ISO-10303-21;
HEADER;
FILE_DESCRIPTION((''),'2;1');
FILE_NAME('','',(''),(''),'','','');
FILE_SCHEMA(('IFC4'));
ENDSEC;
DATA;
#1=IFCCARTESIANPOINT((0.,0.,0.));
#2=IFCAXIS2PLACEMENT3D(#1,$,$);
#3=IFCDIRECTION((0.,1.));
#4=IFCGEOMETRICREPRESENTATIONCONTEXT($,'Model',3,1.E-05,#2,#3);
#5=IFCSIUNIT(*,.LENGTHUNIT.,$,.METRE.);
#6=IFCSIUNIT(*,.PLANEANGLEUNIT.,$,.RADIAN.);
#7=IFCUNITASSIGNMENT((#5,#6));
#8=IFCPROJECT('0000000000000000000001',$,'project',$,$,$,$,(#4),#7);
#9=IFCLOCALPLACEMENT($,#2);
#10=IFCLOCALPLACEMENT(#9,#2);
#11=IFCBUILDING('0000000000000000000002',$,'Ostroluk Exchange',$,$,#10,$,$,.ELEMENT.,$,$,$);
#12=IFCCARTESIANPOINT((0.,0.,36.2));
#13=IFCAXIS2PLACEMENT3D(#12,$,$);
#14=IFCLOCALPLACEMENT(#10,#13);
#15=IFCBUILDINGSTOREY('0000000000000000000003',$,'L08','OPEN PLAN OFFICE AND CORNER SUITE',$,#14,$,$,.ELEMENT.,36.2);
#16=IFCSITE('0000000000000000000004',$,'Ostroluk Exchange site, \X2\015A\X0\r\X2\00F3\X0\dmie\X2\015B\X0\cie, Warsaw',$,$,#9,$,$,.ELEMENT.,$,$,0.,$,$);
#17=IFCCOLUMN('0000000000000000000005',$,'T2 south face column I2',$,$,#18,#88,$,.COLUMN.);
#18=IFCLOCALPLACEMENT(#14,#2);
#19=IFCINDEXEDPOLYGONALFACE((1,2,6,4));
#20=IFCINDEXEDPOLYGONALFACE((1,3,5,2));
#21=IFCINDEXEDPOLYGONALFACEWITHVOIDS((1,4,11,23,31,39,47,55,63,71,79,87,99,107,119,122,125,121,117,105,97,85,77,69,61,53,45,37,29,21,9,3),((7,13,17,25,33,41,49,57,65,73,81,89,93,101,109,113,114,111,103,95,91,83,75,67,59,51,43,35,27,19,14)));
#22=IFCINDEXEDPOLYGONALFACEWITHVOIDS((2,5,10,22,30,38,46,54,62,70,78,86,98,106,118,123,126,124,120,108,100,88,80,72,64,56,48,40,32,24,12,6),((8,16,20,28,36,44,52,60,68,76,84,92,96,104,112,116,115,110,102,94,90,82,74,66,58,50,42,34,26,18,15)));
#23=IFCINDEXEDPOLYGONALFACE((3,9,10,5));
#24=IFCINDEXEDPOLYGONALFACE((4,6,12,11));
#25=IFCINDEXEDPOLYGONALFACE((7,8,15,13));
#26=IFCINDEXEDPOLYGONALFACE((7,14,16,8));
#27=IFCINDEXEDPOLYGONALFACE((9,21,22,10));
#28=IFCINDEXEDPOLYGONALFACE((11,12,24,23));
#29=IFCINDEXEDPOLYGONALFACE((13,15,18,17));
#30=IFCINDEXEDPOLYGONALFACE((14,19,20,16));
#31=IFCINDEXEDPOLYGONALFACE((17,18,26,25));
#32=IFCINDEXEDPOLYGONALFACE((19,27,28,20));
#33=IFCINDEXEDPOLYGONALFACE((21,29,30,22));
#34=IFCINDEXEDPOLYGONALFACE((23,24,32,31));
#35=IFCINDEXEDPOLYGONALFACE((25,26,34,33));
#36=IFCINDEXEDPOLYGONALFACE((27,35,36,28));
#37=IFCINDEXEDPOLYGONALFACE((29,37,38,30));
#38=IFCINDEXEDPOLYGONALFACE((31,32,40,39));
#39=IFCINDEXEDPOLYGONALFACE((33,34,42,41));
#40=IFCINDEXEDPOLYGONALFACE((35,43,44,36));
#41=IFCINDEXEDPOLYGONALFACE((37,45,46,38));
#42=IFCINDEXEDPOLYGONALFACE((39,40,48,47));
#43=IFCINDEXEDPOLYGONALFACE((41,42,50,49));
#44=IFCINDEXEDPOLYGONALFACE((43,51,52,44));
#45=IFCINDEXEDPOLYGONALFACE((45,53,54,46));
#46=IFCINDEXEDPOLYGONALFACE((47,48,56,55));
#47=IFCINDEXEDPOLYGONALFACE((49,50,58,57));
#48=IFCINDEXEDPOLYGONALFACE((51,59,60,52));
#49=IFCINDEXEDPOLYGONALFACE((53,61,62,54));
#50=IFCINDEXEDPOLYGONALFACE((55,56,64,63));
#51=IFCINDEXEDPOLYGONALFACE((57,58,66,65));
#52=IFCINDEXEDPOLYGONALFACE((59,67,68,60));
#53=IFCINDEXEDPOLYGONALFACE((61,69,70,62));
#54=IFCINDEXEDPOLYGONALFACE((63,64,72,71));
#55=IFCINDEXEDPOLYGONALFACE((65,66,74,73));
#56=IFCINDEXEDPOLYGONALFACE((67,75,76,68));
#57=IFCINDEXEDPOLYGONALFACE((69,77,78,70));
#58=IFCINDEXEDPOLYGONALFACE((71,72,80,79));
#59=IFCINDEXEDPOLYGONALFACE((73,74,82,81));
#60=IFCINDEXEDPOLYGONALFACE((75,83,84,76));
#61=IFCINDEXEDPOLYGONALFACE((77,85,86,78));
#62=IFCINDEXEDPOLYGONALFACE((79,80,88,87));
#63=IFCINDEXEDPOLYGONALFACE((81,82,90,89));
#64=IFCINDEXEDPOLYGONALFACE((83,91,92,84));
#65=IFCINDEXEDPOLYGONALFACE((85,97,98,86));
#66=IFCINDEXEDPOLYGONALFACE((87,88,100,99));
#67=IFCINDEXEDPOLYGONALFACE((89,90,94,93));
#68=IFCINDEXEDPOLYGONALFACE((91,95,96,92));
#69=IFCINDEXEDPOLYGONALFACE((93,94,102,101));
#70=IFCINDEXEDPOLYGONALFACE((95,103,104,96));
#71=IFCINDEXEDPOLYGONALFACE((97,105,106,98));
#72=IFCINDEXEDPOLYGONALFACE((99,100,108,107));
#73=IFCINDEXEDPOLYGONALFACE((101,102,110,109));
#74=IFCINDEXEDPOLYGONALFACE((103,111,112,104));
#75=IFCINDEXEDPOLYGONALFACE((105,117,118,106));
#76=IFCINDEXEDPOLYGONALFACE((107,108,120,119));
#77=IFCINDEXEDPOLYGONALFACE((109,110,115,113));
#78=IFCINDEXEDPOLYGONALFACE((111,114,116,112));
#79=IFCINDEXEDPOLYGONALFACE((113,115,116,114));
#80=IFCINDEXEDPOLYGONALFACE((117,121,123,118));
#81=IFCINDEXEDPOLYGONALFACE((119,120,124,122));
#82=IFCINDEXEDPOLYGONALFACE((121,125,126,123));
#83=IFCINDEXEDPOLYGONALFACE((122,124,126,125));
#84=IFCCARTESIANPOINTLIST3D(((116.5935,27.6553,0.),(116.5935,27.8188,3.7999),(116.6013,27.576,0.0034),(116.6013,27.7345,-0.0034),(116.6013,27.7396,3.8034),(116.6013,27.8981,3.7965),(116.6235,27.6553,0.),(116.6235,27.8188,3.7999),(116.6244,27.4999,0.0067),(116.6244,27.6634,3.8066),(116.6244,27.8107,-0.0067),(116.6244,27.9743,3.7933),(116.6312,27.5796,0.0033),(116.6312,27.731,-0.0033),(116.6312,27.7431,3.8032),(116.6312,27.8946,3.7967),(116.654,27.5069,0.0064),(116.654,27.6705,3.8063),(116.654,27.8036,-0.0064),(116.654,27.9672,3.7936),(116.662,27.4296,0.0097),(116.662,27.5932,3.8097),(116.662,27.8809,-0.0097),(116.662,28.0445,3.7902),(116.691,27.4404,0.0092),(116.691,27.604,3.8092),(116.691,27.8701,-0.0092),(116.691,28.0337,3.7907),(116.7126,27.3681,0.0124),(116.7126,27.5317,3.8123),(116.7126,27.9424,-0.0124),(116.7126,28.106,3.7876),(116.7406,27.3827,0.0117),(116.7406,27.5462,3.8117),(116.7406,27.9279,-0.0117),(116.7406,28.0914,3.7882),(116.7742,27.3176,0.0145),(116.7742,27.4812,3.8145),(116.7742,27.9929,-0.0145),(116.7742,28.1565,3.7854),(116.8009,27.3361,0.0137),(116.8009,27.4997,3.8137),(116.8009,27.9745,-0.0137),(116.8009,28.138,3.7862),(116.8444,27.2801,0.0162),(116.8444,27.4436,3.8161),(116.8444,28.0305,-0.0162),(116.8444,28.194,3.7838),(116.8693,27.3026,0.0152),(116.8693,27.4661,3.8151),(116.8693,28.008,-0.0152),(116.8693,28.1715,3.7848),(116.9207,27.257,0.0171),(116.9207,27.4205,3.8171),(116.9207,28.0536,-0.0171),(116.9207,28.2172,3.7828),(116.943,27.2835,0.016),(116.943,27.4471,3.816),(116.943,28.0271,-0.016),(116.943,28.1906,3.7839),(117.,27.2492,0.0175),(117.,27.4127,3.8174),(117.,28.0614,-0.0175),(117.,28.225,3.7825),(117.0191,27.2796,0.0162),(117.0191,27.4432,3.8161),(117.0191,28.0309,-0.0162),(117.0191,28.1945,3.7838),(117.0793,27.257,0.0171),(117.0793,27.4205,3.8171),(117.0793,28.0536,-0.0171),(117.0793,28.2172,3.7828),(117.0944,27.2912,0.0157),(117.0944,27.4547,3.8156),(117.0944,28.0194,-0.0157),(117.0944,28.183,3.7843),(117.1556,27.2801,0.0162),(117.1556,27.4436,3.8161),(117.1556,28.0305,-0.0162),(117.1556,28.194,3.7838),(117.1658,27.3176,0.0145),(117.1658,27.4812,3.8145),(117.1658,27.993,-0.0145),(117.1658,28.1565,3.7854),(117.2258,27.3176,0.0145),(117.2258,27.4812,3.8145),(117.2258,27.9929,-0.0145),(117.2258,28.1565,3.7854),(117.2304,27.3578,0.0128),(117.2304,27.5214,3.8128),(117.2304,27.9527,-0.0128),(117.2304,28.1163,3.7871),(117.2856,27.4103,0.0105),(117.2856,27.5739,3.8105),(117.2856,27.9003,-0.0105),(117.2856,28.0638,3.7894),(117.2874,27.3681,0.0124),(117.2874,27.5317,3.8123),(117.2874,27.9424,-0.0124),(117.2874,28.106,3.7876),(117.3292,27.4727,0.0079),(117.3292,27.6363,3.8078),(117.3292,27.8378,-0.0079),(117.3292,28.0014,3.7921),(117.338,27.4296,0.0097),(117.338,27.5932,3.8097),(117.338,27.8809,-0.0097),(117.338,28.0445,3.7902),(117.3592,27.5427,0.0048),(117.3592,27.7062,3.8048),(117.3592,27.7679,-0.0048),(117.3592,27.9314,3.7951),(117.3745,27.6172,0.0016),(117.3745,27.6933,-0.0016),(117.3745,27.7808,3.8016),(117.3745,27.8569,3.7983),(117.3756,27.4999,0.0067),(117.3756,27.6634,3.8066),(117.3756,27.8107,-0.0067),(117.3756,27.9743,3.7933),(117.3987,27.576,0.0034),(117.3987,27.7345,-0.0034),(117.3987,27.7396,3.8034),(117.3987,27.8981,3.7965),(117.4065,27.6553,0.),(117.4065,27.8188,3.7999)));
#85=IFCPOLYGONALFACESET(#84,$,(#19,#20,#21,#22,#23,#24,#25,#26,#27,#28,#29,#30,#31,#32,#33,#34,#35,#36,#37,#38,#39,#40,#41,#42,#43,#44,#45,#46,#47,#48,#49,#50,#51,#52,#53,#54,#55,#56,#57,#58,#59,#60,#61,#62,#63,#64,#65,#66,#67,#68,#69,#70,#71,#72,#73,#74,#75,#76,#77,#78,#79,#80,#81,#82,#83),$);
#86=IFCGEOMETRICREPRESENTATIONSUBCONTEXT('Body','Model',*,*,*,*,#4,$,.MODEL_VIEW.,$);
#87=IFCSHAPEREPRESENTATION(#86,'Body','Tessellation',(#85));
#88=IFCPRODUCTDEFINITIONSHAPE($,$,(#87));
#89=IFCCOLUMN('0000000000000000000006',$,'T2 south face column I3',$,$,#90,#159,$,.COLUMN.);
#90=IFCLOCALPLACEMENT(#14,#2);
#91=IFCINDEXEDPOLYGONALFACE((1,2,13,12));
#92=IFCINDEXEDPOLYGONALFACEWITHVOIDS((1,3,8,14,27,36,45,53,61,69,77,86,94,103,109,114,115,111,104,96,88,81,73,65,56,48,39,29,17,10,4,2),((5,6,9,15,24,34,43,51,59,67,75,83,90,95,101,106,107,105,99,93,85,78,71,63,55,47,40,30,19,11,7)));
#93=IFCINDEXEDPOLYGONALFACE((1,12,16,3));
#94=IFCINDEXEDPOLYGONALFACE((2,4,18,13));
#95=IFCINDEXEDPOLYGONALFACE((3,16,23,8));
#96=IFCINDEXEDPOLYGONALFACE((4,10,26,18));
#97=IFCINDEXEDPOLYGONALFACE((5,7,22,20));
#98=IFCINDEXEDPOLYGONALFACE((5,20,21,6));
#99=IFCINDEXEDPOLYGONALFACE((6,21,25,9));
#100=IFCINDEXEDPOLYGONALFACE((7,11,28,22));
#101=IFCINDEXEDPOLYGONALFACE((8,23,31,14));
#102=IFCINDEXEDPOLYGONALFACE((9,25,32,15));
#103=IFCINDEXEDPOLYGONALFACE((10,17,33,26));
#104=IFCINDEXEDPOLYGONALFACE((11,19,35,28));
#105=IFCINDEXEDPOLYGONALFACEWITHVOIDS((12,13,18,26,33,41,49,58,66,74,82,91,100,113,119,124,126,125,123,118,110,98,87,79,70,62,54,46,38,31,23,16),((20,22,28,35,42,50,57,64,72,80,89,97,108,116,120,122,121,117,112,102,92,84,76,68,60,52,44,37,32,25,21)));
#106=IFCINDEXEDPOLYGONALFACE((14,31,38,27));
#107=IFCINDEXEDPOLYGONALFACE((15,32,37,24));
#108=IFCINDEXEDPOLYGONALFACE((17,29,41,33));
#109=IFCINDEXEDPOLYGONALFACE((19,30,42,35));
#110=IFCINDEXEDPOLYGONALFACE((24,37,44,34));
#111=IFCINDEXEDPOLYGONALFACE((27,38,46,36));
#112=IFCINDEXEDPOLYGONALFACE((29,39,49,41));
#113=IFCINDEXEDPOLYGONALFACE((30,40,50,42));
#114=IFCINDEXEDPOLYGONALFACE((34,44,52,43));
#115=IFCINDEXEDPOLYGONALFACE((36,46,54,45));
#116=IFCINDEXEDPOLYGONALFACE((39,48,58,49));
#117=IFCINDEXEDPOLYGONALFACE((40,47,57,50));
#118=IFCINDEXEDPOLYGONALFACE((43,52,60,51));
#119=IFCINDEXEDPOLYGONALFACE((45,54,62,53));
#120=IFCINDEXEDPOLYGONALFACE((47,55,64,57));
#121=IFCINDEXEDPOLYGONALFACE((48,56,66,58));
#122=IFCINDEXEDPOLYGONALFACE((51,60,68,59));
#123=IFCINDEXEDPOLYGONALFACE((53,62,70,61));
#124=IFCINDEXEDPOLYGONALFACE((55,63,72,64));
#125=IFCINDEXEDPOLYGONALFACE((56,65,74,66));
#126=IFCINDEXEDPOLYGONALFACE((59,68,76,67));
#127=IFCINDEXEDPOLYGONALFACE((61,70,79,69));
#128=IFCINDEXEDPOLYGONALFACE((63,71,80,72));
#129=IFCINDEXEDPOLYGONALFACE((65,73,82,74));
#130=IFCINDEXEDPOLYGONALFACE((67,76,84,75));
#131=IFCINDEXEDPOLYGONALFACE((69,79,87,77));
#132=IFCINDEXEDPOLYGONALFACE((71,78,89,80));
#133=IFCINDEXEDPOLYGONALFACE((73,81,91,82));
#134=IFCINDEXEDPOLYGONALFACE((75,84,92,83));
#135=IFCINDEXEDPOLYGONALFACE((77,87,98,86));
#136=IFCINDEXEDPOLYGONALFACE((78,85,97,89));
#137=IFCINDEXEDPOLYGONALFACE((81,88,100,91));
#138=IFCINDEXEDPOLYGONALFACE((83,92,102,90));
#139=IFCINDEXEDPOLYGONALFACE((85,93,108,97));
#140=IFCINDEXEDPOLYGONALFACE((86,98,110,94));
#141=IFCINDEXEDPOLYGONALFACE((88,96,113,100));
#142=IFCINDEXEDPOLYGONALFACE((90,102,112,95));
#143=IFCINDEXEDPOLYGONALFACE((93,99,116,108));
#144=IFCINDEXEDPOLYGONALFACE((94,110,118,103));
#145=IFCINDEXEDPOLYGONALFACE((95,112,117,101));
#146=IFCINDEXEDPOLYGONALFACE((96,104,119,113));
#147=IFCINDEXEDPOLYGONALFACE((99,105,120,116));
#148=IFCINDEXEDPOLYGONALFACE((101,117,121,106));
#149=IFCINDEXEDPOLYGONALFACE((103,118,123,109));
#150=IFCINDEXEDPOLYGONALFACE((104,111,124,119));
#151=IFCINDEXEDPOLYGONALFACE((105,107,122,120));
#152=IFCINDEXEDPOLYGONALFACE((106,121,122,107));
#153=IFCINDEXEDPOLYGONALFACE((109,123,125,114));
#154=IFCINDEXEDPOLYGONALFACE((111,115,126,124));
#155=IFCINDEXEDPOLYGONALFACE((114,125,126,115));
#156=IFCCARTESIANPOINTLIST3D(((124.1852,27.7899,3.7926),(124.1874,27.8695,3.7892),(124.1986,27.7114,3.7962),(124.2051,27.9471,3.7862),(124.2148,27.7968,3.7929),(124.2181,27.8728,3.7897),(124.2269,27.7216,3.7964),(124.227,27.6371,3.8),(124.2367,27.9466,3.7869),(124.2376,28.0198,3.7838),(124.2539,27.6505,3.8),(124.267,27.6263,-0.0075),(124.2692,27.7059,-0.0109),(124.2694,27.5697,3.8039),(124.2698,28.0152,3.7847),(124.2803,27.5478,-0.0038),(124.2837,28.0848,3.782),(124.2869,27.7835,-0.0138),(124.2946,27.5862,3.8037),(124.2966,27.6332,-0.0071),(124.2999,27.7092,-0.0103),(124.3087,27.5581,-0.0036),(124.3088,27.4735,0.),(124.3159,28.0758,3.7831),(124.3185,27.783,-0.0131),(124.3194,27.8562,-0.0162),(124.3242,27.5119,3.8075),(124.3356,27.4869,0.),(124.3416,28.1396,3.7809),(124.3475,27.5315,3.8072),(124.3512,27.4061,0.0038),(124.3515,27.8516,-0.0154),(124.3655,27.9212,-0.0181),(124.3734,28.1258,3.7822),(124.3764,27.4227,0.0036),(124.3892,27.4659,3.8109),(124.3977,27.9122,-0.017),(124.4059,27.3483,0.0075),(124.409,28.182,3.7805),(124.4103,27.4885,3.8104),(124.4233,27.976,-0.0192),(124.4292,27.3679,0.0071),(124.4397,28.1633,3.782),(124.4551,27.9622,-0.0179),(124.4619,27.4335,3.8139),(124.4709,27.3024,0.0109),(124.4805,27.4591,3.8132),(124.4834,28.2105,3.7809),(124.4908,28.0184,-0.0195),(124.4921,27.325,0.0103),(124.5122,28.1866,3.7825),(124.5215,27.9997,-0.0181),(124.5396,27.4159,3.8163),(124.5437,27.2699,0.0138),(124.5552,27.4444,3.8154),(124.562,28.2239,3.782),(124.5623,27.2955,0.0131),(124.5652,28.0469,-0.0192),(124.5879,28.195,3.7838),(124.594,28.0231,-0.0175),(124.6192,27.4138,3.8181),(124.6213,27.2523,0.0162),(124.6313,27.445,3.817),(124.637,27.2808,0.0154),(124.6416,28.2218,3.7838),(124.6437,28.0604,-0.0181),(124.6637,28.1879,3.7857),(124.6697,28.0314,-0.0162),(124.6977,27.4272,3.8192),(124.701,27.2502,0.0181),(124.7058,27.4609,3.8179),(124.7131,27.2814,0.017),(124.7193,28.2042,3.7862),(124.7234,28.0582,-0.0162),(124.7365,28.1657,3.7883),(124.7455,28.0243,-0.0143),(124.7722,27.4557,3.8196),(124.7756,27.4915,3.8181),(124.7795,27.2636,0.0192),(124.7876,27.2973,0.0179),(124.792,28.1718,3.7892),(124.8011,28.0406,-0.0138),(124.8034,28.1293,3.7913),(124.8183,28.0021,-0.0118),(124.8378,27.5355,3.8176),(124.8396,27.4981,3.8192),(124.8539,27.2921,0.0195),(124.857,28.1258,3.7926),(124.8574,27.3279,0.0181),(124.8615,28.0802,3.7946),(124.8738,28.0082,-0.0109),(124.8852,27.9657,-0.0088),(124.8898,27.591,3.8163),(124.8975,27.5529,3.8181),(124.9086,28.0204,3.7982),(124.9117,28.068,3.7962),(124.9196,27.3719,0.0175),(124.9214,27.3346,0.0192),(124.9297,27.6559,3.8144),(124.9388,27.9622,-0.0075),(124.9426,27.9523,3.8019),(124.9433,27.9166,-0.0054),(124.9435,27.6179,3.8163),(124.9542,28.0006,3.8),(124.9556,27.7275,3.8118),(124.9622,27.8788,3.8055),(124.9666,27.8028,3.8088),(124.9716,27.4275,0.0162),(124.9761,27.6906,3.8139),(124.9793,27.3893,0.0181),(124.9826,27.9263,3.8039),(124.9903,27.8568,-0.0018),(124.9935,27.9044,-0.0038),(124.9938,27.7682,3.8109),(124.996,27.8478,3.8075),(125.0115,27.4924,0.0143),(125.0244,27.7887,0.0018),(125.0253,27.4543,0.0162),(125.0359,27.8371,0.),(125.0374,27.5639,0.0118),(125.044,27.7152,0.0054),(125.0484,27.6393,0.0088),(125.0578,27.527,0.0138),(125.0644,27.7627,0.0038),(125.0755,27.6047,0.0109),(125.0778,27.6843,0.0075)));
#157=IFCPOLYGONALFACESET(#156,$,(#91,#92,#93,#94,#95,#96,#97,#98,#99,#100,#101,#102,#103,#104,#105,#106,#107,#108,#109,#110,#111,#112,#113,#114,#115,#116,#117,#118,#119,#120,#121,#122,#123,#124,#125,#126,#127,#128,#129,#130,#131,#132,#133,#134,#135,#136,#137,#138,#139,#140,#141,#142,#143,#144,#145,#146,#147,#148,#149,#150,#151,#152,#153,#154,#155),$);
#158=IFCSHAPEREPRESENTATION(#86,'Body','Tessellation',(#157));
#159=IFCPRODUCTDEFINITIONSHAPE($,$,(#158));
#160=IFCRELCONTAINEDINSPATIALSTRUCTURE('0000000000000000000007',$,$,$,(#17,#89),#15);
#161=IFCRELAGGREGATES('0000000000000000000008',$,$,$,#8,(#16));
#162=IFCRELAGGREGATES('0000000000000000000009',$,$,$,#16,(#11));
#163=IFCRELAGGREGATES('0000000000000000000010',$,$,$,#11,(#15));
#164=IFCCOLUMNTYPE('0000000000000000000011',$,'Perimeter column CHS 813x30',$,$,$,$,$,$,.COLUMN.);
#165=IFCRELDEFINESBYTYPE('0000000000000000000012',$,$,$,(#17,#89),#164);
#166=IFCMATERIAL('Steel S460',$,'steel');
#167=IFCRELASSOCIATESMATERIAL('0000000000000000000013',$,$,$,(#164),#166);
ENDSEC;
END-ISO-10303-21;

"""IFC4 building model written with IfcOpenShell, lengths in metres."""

from ifc_helpers import new_model, si_unit, direction, frame, origin, origin_2d, place, context, subcontext, project, spatial, hollow_circle, extrude, material, material_profile, profile_set, type_object, element, save


model = new_model("IFC4")

# Units and contexts
model_context = context("Model", 3, precision=1e-05, world=origin(), true_north=direction((0.0, 1.0)))
body_context = subcontext(model_context, "Body", "Model", "MODEL_VIEW")
ifc_project = project(units=[si_unit("LENGTHUNIT", "METRE"), si_unit("PLANEANGLEUNIT", "RADIAN")], contexts=[model_context])

# Site, building, storey
site_placement = place(None, origin())
site = spatial("IfcSite", under=ifc_project, at=site_placement, Name="Ostroluk Exchange site, Śródmieście, Warsaw", CompositionType="ELEMENT", RefElevation=0.0)
building_placement = place(site_placement, origin())
building = spatial("IfcBuilding", under=site, at=building_placement, Name="Ostroluk Exchange", CompositionType="ELEMENT")
storey_placement = place(building_placement, frame((0.0, 0.0, 36.2)))
storey = spatial("IfcBuildingStorey", under=building, at=storey_placement, Name="L08", Description="OPEN PLAN OFFICE AND CORNER SUITE", CompositionType="ELEMENT", Elevation=36.2)

# Columns
ifc_material_1 = material(Name="Steel S460", Category="steel")
ifc_material_profile_1 = material_profile(ifc_material_1, hollow_circle(Radius=0.4065, WallThickness=0.03, at=origin_2d()), Name="CHS 813x30")
ifc_profile_set_1 = profile_set([ifc_material_profile_1], Name="Steel S460")
column_type = type_object("IfcColumnType", Name="Perimeter column CHS 813x30", PredefinedType="COLUMN", material=ifc_profile_set_1)
column_1_placement = place(storey_placement, frame((117.0, 27.6553, 0.0), z_axis=(0.0, 0.043005, 0.999075), x_axis=(-1.0, 0.0, 0.0)))
element("IfcColumn", 1, at=column_1_placement, inside=storey, type_object=column_type, Name="T2 south face column I2", PredefinedType="COLUMN", context=body_context, shape_type="SweptSolid", body=[
    extrude(hollow_circle(Radius=0.4065, WallThickness=0.03, at=origin_2d()), origin(), (0.0, 0.0, 1.0), 3.8035),
])
column_2_placement = place(storey_placement, frame((124.6724, 27.6553, 0.0), z_axis=(-0.021498, 0.042996, 0.998844), x_axis=(-0.894427, -0.447214, 0.0)))
element("IfcColumn", 2, at=column_2_placement, inside=storey, type_object=column_type, Name="T2 south face column I3", PredefinedType="COLUMN", context=body_context, shape_type="SweptSolid", body=[
    extrude(hollow_circle(Radius=0.4065, WallThickness=0.03, at=origin_2d()), origin(), (0.0, 0.0, 1.0), 3.8044),
])

save(model, "model.ifc")
